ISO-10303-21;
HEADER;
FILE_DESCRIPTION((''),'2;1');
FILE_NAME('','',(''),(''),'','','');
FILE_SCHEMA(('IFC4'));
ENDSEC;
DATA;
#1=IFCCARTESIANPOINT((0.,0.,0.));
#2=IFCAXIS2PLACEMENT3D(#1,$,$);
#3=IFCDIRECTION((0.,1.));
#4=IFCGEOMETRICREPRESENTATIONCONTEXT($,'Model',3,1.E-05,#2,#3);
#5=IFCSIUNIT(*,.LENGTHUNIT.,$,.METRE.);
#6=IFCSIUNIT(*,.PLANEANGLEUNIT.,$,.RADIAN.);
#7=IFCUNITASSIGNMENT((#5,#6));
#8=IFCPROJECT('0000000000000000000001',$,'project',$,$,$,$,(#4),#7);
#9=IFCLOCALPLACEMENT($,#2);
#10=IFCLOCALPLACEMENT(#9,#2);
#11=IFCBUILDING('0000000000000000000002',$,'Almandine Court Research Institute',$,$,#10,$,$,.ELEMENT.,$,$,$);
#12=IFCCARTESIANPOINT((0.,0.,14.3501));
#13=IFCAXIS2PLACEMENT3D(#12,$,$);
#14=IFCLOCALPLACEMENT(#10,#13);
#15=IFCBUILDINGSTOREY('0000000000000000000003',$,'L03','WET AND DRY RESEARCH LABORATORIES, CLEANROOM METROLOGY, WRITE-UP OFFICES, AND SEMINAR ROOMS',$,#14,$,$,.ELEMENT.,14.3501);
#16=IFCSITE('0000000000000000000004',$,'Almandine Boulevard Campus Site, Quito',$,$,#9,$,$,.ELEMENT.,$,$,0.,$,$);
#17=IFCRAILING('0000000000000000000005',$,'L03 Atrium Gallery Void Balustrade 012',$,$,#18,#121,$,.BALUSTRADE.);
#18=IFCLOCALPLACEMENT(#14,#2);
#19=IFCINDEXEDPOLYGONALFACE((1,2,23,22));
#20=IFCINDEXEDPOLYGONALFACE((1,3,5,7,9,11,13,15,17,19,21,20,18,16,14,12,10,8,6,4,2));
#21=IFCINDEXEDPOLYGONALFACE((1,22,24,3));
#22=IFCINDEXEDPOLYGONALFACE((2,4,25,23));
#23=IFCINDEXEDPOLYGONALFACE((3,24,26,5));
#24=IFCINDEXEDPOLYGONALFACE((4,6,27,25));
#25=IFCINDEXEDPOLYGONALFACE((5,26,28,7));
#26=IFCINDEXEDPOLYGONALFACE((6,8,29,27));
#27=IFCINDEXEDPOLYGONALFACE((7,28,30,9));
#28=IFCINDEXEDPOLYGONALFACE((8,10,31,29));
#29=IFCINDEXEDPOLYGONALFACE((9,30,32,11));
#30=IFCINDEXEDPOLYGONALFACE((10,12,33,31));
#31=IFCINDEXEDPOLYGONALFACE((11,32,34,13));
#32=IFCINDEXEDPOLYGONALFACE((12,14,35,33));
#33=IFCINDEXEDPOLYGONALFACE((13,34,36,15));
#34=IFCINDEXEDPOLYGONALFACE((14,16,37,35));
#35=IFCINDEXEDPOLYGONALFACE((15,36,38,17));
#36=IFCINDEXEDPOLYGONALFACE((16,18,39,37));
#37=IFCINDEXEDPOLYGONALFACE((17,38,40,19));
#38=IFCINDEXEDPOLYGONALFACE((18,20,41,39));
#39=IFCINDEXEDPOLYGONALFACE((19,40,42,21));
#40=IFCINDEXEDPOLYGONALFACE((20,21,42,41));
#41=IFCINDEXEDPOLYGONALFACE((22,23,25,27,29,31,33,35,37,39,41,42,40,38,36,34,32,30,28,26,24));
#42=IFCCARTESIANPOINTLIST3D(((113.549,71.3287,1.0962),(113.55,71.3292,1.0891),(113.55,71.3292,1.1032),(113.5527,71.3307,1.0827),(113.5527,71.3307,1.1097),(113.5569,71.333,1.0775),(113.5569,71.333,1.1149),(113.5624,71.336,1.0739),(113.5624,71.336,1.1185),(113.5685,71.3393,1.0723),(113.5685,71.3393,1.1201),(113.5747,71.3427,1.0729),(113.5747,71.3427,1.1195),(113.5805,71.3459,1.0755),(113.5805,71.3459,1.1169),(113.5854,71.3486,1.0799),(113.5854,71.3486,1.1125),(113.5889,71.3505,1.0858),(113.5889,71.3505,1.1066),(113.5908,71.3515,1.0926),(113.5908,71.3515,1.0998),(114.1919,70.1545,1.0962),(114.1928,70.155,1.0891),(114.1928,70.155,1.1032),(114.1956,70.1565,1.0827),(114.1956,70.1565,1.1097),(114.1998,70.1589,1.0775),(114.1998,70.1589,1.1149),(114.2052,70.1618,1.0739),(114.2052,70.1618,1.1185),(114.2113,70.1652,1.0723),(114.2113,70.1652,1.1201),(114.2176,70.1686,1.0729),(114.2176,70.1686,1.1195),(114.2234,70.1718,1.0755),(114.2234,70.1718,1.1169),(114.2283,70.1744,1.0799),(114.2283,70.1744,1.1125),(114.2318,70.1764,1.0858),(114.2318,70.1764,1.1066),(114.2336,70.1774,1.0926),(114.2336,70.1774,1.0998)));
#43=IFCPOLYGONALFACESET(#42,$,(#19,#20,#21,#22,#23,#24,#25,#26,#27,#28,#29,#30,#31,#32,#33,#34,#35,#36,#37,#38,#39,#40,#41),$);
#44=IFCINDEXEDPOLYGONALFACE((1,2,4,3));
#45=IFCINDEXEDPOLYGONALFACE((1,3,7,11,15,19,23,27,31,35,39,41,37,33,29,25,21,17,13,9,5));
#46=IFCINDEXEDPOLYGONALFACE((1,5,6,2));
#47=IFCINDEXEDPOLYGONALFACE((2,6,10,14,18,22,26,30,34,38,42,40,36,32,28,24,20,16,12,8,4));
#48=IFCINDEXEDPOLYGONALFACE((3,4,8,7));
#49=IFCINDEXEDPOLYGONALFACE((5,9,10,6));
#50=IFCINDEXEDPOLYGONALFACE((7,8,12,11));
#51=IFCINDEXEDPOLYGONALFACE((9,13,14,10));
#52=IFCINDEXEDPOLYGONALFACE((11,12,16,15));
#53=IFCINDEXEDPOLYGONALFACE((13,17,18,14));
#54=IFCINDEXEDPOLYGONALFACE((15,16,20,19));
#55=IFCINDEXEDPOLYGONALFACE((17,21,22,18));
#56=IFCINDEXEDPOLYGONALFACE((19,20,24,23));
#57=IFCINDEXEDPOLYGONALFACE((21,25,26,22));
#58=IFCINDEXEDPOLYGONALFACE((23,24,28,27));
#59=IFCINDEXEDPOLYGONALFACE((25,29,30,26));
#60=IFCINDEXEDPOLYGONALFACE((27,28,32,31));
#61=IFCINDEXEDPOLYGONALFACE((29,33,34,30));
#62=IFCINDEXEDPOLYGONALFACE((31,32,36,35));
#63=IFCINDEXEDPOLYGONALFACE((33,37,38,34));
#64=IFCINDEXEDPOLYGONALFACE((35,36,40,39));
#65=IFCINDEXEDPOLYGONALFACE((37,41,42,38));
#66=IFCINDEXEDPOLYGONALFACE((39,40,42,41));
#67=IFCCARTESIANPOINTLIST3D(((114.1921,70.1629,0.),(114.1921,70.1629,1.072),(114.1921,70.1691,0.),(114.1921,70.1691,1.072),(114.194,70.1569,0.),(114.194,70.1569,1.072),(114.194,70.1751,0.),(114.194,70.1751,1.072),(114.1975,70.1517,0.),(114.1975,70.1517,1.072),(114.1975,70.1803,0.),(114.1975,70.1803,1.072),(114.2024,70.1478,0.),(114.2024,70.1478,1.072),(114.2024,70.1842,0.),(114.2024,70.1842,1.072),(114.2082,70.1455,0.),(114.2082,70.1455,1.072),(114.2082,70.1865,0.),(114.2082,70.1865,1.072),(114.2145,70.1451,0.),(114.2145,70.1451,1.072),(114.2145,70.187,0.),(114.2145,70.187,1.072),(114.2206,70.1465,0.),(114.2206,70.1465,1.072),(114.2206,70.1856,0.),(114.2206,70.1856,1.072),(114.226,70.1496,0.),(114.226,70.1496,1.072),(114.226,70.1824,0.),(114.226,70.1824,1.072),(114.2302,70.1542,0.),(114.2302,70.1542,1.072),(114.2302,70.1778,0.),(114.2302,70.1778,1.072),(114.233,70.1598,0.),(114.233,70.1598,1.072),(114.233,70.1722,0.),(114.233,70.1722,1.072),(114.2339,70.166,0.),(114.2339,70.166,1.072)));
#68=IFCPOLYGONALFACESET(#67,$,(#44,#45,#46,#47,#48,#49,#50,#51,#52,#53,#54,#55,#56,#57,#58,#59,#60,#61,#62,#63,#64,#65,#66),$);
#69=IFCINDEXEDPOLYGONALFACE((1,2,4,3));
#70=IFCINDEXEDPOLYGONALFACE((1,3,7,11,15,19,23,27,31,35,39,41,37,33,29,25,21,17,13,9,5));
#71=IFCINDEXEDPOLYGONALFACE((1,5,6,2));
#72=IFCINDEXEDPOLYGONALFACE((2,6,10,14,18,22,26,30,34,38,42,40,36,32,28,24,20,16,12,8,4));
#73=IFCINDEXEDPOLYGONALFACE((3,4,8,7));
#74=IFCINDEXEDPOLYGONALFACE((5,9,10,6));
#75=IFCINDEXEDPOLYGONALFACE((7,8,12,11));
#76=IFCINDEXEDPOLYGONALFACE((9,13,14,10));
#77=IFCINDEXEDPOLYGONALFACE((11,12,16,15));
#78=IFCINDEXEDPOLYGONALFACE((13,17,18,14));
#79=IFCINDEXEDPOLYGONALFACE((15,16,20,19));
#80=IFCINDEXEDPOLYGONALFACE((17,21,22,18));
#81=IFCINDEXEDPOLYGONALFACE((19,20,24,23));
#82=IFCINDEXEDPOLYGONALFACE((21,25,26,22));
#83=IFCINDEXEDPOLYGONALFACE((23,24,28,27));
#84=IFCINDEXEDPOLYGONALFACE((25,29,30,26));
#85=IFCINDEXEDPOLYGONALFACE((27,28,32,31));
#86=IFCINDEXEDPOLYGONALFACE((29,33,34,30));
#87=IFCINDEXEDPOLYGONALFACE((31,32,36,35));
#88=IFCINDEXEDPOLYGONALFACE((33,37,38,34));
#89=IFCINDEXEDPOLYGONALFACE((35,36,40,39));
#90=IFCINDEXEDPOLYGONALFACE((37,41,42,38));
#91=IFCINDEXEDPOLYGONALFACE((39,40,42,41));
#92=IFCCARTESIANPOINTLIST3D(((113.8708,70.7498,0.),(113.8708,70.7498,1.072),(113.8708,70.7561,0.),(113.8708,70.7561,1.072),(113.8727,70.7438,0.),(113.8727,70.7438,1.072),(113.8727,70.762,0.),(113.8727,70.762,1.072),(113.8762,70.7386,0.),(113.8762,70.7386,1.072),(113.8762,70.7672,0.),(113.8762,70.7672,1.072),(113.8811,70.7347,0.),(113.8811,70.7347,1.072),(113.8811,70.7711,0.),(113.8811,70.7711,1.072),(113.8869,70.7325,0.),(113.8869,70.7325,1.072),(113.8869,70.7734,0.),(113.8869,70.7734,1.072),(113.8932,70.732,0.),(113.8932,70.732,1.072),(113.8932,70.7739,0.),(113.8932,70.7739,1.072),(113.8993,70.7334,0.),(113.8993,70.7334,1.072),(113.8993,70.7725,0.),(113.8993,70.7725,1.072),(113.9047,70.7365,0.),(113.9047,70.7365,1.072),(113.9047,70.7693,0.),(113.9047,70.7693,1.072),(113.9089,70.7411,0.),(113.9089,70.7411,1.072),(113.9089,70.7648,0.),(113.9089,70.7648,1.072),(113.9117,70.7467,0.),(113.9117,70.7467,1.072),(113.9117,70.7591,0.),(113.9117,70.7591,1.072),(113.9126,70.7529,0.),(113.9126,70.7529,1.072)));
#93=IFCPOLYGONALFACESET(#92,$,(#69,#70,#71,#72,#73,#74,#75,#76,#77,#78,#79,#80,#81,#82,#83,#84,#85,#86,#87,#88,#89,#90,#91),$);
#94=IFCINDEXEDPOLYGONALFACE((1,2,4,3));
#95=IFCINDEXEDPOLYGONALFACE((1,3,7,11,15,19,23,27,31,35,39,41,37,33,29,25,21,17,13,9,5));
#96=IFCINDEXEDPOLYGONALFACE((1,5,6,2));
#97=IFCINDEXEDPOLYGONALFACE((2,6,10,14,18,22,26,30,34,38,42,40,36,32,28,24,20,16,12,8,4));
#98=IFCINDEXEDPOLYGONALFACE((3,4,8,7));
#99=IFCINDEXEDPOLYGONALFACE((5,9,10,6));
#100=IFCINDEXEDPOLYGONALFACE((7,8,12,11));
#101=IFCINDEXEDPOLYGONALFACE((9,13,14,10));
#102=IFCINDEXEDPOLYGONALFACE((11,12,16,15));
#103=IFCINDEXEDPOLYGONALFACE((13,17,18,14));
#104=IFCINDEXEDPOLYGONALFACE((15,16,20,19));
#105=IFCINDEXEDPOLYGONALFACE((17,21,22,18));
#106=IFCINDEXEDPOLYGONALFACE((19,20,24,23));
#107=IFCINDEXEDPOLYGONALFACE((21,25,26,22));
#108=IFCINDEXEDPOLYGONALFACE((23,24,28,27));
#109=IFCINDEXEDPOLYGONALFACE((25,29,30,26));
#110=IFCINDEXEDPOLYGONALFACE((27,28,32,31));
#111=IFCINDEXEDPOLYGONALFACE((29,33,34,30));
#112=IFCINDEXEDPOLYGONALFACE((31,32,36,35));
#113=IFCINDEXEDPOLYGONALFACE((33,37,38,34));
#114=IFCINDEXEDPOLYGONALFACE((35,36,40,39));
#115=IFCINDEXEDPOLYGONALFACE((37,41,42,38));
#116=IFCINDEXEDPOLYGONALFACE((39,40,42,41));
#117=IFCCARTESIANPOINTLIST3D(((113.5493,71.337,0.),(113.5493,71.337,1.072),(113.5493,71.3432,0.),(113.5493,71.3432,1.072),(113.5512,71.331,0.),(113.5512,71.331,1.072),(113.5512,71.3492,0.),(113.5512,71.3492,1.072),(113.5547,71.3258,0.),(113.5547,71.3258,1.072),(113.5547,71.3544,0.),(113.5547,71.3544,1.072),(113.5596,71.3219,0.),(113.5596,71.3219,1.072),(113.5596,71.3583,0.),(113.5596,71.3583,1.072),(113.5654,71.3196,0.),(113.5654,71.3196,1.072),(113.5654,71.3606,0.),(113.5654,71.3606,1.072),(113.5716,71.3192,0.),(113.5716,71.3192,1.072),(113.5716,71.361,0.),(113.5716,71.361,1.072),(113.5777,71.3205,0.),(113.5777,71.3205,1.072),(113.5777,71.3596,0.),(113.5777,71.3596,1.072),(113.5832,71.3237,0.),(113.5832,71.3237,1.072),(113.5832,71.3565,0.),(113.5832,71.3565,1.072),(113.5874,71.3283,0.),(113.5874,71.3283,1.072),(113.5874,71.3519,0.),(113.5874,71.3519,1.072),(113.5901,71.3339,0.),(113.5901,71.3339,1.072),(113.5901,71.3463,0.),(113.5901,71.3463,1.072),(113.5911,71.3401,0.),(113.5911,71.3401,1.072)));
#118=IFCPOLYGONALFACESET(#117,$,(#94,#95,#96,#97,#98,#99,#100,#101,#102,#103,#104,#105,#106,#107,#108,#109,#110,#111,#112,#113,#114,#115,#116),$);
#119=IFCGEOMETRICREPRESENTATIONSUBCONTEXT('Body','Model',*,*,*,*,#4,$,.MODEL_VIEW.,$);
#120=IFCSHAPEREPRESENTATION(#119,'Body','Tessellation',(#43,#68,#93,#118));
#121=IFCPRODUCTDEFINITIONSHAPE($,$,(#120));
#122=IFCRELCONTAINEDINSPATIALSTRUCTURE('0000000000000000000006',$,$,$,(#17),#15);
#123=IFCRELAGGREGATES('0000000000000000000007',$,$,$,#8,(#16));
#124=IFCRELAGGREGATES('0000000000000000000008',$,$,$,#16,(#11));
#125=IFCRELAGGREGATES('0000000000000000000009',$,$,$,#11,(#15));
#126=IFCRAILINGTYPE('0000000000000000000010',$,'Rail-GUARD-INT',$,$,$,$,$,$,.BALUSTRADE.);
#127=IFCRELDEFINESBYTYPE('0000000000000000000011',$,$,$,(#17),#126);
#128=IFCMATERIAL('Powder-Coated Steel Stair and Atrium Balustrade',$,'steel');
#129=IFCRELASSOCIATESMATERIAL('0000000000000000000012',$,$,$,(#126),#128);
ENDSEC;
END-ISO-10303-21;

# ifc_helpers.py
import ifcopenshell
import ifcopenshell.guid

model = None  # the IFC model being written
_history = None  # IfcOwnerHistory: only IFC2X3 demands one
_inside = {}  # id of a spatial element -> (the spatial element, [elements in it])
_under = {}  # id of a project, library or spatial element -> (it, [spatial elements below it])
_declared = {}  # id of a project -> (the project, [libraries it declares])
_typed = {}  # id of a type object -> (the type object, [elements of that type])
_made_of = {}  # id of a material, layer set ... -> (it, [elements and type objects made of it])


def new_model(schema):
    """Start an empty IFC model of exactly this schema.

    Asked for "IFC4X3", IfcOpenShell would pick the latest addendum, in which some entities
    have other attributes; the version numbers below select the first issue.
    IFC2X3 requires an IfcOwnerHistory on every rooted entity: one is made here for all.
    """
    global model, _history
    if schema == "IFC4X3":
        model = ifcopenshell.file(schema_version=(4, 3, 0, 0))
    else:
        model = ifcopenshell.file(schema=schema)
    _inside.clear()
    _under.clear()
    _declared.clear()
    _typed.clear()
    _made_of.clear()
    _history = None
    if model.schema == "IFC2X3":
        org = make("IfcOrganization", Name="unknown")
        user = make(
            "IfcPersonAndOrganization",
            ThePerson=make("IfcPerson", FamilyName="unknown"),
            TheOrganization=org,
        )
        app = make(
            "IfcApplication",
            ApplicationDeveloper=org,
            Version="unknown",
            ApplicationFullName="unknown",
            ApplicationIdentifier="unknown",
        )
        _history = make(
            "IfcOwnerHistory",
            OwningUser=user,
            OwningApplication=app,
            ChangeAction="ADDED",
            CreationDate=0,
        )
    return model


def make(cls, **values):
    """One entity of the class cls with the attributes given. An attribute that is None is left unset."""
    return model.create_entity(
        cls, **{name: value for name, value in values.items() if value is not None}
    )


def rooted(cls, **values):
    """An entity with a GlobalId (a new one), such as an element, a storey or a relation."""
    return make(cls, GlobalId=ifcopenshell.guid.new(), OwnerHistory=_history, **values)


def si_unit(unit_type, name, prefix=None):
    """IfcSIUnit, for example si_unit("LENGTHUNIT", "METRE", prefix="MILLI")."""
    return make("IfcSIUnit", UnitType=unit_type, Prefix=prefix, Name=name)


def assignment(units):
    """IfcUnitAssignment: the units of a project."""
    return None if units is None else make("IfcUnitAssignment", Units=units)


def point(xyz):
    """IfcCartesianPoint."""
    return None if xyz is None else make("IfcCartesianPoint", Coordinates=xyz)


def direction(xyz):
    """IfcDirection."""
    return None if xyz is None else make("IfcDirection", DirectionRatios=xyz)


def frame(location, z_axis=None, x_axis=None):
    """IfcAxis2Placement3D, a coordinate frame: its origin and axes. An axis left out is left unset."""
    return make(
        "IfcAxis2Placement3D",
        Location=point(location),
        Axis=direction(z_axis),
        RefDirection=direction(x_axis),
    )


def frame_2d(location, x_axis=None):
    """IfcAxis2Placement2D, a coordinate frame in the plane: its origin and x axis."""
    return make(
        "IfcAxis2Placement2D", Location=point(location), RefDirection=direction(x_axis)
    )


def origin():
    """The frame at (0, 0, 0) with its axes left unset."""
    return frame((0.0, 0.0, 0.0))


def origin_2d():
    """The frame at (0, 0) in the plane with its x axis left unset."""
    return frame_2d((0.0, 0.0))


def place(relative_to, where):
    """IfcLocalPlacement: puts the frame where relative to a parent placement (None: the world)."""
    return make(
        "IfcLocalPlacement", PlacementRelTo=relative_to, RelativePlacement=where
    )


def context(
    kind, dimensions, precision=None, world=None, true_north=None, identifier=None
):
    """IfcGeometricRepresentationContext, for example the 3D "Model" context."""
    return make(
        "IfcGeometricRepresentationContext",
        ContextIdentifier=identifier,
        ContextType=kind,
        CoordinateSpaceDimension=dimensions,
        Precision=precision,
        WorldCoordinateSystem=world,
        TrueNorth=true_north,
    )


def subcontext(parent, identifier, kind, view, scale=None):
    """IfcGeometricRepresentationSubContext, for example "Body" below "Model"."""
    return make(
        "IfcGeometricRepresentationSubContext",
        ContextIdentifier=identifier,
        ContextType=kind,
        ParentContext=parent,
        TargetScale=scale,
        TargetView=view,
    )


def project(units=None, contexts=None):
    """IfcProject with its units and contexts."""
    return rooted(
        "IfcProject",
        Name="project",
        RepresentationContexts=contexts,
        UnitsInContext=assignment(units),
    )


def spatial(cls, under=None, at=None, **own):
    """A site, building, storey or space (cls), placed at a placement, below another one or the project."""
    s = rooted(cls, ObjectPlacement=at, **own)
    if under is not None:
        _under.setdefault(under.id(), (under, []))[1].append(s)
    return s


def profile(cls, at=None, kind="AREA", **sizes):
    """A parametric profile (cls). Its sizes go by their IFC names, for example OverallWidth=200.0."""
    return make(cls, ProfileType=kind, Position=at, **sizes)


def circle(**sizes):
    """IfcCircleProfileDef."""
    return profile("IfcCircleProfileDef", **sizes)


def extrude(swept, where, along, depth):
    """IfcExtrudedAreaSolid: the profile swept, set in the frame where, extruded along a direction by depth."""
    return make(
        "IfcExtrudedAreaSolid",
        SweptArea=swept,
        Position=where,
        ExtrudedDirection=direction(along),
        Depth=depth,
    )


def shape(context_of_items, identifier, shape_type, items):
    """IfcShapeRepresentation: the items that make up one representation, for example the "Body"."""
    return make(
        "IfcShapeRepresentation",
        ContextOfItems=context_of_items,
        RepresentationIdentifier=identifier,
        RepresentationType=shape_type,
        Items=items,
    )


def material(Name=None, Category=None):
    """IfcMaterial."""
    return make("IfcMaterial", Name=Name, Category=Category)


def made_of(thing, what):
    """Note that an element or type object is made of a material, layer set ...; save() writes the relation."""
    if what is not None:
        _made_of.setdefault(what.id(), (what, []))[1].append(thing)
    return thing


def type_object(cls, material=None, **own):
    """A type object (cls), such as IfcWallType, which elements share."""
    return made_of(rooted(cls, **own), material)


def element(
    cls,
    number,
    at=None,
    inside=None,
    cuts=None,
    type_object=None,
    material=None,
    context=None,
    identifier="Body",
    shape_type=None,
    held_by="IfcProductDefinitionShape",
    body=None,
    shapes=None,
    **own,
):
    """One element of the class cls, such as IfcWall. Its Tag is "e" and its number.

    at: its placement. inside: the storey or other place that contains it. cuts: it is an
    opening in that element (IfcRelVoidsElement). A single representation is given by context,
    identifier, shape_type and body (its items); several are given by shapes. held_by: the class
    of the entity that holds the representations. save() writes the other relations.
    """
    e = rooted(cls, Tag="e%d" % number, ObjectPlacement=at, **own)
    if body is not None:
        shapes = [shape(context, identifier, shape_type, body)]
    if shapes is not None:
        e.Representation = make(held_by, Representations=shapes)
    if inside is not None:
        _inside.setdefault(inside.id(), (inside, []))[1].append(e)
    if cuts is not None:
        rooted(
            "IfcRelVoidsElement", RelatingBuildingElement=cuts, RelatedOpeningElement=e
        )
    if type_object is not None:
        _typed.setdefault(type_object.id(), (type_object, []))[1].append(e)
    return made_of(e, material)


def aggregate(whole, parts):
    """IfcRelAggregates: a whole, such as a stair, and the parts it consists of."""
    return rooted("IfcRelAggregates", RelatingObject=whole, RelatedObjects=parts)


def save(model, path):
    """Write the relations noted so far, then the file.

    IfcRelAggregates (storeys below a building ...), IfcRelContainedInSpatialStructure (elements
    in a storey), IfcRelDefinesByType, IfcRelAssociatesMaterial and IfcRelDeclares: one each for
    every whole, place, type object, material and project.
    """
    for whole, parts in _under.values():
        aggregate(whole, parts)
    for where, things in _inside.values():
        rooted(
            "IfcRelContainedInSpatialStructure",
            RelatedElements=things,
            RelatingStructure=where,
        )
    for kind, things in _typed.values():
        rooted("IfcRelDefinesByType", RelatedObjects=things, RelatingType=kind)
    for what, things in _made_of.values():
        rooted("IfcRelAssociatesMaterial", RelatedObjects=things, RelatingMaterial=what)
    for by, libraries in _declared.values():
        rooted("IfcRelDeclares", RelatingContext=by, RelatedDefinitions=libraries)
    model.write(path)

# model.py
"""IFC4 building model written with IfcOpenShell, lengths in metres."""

from ifc_helpers import new_model, si_unit, direction, frame, origin, origin_2d, place, context, subcontext, project, spatial, circle, extrude, material, type_object, element, save


model = new_model("IFC4")

# Units and contexts
model_context = context("Model", 3, precision=1e-05, world=origin(), true_north=direction((0.0, 1.0)))
body_context = subcontext(model_context, "Body", "Model", "MODEL_VIEW")
ifc_project = project(units=[si_unit("LENGTHUNIT", "METRE"), si_unit("PLANEANGLEUNIT", "RADIAN")], contexts=[model_context])

# Site, building, storey
site_placement = place(None, origin())
site = spatial("IfcSite", under=ifc_project, at=site_placement, Name="Almandine Boulevard Campus Site, Quito", CompositionType="ELEMENT", RefElevation=0.0)
building_placement = place(site_placement, origin())
building = spatial("IfcBuilding", under=site, at=building_placement, Name="Almandine Court Research Institute", CompositionType="ELEMENT")
storey_placement = place(building_placement, frame((0.0, 0.0, 14.3501)))
storey = spatial("IfcBuildingStorey", under=building, at=storey_placement, Name="L03", Description="WET AND DRY RESEARCH LABORATORIES, CLEANROOM METROLOGY, WRITE-UP OFFICES, AND SEMINAR ROOMS", CompositionType="ELEMENT", Elevation=14.3501)

# Railing
ifc_material_1 = material(Name="Powder-Coated Steel Stair and Atrium Balustrade", Category="steel")
railing_type = type_object("IfcRailingType", Name="Rail-GUARD-INT", PredefinedType="BALUSTRADE", material=ifc_material_1)
railing_1_placement = place(storey_placement, frame((114.2129, 70.166, 0.0)))
element("IfcRailing", 1, at=railing_1_placement, inside=storey, type_object=railing_type, Name="L03 Atrium Gallery Void Balustrade 012", PredefinedType="BALUSTRADE", context=body_context, shape_type="SweptSolid", body=[
    extrude(circle(Radius=0.0239, at=origin_2d()), frame((0.0, 0.0, 1.0962), z_axis=(-0.480244, 0.877135, 0.0), x_axis=(-0.877135, -0.480244, 0.0)), (0.0, 0.0, 1.0), 1.3386),
    extrude(circle(Radius=0.021, at=origin_2d()), origin(), (0.0, 0.0, 1.0), 1.072),
    extrude(circle(Radius=0.021, at=origin_2d()), frame((-0.3213, 0.5869, 0.0)), (0.0, 0.0, 1.0), 1.072),
    extrude(circle(Radius=0.021, at=origin_2d()), frame((-0.6428, 1.1741, 0.0)), (0.0, 0.0, 1.0), 1.072),
])

save(model, "model.ifc")
